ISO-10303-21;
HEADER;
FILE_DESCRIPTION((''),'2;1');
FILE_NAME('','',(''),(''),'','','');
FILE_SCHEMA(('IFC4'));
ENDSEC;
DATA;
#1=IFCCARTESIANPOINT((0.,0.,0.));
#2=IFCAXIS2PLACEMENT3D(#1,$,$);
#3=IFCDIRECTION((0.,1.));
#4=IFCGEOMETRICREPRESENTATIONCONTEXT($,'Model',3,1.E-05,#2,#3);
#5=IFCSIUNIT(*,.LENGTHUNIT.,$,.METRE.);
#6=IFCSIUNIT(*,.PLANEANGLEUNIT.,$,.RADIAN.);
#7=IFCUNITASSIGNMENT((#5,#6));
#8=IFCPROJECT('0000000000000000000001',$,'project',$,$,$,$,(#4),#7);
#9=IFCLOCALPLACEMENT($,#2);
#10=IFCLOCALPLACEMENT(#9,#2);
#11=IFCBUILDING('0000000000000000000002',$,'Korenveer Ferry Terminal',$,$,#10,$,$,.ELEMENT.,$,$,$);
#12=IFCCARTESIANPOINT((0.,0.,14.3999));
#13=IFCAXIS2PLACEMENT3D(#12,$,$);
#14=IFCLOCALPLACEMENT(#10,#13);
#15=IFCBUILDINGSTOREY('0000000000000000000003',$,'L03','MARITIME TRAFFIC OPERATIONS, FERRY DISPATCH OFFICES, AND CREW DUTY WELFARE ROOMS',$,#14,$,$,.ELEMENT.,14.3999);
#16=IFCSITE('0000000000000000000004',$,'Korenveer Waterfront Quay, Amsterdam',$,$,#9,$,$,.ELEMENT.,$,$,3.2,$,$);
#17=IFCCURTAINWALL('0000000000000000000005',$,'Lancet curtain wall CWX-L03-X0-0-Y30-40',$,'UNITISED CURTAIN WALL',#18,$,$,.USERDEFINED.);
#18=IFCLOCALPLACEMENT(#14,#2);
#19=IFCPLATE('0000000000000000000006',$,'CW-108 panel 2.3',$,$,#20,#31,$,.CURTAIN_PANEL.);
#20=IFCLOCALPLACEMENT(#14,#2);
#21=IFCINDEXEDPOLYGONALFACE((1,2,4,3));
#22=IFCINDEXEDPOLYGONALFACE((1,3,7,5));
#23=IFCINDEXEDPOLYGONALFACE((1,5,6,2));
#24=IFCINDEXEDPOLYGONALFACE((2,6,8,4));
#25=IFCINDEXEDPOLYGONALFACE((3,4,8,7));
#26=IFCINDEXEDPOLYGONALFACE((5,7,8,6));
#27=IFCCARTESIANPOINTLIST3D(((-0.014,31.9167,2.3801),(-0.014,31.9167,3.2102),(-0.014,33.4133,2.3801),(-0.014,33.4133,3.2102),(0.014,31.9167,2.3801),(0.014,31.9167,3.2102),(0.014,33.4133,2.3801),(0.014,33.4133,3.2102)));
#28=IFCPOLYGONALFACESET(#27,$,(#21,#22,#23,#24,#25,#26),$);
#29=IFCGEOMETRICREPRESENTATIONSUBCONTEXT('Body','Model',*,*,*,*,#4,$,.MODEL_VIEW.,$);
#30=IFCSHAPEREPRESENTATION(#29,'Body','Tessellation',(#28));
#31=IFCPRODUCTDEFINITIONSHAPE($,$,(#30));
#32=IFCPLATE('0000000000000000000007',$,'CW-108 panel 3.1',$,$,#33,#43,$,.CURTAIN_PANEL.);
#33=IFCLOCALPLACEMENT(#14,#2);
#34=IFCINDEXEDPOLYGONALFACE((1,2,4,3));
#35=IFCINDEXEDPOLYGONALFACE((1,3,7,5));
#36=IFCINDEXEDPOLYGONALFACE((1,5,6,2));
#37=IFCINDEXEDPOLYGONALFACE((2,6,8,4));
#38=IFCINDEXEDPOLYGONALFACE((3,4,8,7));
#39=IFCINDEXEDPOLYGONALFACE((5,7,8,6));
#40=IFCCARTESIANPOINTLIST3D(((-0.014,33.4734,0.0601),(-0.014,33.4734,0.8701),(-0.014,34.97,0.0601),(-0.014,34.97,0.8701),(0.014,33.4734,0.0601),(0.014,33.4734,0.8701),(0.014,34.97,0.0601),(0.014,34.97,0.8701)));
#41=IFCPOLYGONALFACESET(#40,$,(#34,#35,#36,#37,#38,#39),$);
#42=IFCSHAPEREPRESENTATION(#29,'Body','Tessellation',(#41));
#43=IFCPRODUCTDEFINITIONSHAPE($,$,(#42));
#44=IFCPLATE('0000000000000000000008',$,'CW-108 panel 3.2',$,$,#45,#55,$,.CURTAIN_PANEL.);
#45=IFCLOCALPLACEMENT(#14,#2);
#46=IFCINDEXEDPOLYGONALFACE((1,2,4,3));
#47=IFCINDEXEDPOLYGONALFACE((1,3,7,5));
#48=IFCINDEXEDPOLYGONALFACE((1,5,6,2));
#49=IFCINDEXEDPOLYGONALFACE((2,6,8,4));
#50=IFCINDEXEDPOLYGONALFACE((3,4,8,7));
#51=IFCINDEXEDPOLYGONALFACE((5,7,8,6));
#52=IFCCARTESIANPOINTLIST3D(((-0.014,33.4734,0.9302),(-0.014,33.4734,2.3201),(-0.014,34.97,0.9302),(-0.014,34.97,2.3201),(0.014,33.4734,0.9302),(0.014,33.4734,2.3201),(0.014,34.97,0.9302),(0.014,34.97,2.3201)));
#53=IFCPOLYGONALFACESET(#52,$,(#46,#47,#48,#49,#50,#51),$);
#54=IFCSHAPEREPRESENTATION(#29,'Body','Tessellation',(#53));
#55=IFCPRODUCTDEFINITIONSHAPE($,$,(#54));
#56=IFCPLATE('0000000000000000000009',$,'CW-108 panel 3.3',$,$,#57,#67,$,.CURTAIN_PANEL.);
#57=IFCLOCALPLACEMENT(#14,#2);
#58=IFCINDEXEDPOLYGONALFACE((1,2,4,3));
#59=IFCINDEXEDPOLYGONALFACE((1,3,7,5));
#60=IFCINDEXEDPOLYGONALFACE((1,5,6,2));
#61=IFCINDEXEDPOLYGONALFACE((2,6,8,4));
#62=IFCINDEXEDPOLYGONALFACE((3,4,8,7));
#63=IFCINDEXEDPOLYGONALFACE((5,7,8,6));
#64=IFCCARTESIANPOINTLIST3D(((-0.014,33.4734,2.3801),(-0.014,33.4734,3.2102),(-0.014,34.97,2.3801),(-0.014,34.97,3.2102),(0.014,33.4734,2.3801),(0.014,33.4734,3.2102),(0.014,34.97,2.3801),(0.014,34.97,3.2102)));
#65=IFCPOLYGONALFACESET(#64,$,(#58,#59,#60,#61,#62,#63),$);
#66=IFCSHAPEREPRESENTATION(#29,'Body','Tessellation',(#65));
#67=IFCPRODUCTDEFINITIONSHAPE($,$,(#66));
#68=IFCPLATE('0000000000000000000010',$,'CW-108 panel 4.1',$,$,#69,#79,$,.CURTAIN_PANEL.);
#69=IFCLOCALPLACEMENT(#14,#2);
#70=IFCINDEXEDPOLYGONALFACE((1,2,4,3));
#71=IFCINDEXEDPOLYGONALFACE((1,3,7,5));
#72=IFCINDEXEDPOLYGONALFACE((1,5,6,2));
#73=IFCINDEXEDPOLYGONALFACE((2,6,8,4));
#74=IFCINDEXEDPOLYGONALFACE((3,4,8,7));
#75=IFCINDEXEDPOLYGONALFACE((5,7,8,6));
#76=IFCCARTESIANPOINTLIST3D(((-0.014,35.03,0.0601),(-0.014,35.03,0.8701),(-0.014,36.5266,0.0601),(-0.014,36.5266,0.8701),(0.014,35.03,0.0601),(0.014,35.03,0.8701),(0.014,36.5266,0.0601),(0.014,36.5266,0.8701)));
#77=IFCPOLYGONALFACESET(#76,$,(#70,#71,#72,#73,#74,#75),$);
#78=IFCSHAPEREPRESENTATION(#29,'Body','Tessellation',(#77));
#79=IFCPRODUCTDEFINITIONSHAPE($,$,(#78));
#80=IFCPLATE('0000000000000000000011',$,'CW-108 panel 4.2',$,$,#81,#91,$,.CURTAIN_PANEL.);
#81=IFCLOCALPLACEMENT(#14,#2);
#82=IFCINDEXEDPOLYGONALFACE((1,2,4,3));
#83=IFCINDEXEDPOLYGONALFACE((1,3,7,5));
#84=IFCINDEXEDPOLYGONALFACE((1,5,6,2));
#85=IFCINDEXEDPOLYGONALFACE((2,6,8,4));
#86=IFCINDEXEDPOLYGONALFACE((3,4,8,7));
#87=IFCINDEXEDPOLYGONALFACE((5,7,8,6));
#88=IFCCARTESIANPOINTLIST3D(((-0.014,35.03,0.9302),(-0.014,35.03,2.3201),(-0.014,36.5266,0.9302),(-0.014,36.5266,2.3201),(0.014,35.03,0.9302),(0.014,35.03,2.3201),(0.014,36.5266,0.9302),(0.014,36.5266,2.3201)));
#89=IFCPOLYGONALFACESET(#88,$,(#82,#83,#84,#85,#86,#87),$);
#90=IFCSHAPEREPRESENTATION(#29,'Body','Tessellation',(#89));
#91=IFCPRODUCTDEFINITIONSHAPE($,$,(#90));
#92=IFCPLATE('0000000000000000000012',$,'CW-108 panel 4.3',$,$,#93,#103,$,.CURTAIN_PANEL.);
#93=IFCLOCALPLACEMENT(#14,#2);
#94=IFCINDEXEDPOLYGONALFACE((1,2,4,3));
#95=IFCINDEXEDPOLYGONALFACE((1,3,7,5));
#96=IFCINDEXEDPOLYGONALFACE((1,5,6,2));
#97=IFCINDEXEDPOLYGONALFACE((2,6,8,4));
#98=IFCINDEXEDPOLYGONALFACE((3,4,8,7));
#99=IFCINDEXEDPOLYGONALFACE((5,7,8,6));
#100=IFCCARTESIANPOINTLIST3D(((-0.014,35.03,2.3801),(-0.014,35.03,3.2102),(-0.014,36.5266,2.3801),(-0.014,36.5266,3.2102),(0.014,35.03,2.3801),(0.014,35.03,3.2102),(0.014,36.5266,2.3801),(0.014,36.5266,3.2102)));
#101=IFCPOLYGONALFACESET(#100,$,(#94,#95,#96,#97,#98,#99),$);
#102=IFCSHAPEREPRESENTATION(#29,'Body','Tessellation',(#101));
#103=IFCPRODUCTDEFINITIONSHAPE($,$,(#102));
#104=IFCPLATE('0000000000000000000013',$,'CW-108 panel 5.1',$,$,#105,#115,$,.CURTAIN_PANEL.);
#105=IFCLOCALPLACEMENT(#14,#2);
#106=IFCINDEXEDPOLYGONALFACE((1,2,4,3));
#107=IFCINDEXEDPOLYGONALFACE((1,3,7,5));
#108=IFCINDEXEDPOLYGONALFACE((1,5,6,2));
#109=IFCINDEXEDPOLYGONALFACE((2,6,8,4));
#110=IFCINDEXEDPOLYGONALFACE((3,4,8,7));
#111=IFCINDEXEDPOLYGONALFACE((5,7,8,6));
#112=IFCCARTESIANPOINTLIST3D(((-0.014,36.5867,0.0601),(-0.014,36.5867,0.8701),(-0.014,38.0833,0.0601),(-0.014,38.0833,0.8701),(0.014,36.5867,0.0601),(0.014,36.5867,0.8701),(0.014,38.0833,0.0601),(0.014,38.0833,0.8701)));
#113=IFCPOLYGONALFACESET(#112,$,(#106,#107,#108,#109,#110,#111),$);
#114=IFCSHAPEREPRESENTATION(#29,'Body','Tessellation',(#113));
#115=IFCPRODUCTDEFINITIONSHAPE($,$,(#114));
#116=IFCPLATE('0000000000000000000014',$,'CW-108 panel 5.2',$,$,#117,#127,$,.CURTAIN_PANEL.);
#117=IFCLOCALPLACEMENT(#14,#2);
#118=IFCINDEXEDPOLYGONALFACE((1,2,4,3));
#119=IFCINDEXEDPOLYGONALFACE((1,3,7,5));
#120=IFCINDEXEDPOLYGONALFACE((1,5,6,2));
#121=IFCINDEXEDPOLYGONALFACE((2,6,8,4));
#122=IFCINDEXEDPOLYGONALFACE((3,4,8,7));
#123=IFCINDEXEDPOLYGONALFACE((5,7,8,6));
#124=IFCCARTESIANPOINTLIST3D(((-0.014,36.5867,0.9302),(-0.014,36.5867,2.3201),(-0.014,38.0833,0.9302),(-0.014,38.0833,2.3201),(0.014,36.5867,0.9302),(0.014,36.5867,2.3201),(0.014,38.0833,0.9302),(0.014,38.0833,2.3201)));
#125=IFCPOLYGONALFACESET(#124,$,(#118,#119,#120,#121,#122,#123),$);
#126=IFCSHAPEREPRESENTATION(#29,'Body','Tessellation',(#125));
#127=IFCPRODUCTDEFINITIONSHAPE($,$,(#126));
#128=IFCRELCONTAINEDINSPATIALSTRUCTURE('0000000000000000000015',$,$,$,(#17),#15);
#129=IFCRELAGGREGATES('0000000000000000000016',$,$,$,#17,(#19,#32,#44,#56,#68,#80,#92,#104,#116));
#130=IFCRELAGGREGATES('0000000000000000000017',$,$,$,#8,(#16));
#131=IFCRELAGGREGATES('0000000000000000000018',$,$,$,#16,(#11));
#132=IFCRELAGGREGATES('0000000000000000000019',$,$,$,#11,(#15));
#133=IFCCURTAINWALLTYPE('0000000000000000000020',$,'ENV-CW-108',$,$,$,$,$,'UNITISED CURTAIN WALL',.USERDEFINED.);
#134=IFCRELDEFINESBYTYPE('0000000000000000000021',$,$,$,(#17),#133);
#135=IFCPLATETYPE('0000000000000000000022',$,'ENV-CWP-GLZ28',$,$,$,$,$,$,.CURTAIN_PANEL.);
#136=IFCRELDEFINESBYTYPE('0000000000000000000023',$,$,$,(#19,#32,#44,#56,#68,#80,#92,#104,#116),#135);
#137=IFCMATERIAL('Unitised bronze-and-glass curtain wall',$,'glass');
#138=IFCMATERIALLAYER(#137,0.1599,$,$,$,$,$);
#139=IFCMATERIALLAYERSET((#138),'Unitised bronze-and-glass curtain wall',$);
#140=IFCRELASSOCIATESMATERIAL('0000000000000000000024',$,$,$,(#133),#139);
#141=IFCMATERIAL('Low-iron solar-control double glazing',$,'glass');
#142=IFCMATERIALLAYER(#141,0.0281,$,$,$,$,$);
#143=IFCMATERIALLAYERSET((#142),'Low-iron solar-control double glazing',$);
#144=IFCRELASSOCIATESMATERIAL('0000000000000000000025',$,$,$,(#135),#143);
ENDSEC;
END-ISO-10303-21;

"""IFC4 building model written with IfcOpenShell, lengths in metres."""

from ifc_helpers import new_model, si_unit, direction, frame, origin, origin_2d, place, context, subcontext, project, spatial, rectangle, extrude, material, layer, layer_set, type_object, element, aggregate, save


model = new_model("IFC4")

# Units and contexts
model_context = context("Model", 3, precision=1e-05, world=origin(), true_north=direction((0.0, 1.0)))
body_context = subcontext(model_context, "Body", "Model", "MODEL_VIEW")
ifc_project = project(units=[si_unit("LENGTHUNIT", "METRE"), si_unit("PLANEANGLEUNIT", "RADIAN")], contexts=[model_context])

# Site, building, storey
site_placement = place(None, origin())
site = spatial("IfcSite", under=ifc_project, at=site_placement, Name="Korenveer Waterfront Quay, Amsterdam", CompositionType="ELEMENT", RefElevation=3.2)
building_placement = place(site_placement, origin())
building = spatial("IfcBuilding", under=site, at=building_placement, Name="Korenveer Ferry Terminal", CompositionType="ELEMENT")
storey_placement = place(building_placement, frame((0.0, 0.0, 14.3999)))
storey = spatial("IfcBuildingStorey", under=building, at=storey_placement, Name="L03", Description="MARITIME TRAFFIC OPERATIONS, FERRY DISPATCH OFFICES, AND CREW DUTY WELFARE ROOMS", CompositionType="ELEMENT", Elevation=14.3999)

# Curtain wall, plates
ifc_material_1 = material(Name="Unitised bronze-and-glass curtain wall", Category="glass")
ifc_layer_1 = layer(ifc_material_1, 0.1599)
ifc_layer_set_1 = layer_set([ifc_layer_1], Name="Unitised bronze-and-glass curtain wall")
curtain_wall_type = type_object("IfcCurtainWallType", Name="ENV-CW-108", ElementType="UNITISED CURTAIN WALL", PredefinedType="USERDEFINED", material=ifc_layer_set_1)
curtain_wall_placement = place(storey_placement, frame((0.0, 30.3301, 0.0)))
curtain_wall = element("IfcCurtainWall", 1, at=curtain_wall_placement, inside=storey, type_object=curtain_wall_type, Name="Lancet curtain wall CWX-L03-X0-0-Y30-40", ObjectType="UNITISED CURTAIN WALL", PredefinedType="USERDEFINED")
ifc_material_2 = material(Name="Low-iron solar-control double glazing", Category="glass")
ifc_layer_2 = layer(ifc_material_2, 0.0281)
ifc_layer_set_2 = layer_set([ifc_layer_2], Name="Low-iron solar-control double glazing")
plate_type = type_object("IfcPlateType", Name="ENV-CWP-GLZ28", PredefinedType="CURTAIN_PANEL", material=ifc_layer_set_2)
plate_1_placement = place(storey_placement, frame((0.0, 32.665, 2.3801), z_axis=(0.0, 0.0, 1.0), x_axis=(0.0, 1.0, 0.0)))
plate_1 = element("IfcPlate", 2, at=plate_1_placement, type_object=plate_type, Name="CW-108 panel 2.3", PredefinedType="CURTAIN_PANEL", context=body_context, shape_type="SweptSolid", body=[
    extrude(rectangle(XDim=1.4966, YDim=0.0281, at=origin_2d()), origin(), (0.0, 0.0, 1.0), 0.8301),
])
plate_2_placement = place(storey_placement, frame((0.0, 34.2217, 0.0601), z_axis=(0.0, 0.0, 1.0), x_axis=(0.0, 1.0, 0.0)))
plate_2 = element("IfcPlate", 3, at=plate_2_placement, type_object=plate_type, Name="CW-108 panel 3.1", PredefinedType="CURTAIN_PANEL", context=body_context, shape_type="SweptSolid", body=[
    extrude(rectangle(XDim=1.4966, YDim=0.0281, at=origin_2d()), origin(), (0.0, 0.0, 1.0), 0.8101),
])
plate_3_placement = place(storey_placement, frame((0.0, 34.2217, 0.9302), z_axis=(0.0, 0.0, 1.0), x_axis=(0.0, 1.0, 0.0)))
plate_3 = element("IfcPlate", 4, at=plate_3_placement, type_object=plate_type, Name="CW-108 panel 3.2", PredefinedType="CURTAIN_PANEL", context=body_context, shape_type="SweptSolid", body=[
    extrude(rectangle(XDim=1.4966, YDim=0.0281, at=origin_2d()), origin(), (0.0, 0.0, 1.0), 1.3899),
])
plate_4_placement = place(storey_placement, frame((0.0, 34.2217, 2.3801), z_axis=(0.0, 0.0, 1.0), x_axis=(0.0, 1.0, 0.0)))
plate_4 = element("IfcPlate", 5, at=plate_4_placement, type_object=plate_type, Name="CW-108 panel 3.3", PredefinedType="CURTAIN_PANEL", context=body_context, shape_type="SweptSolid", body=[
    extrude(rectangle(XDim=1.4966, YDim=0.0281, at=origin_2d()), origin(), (0.0, 0.0, 1.0), 0.8301),
])
plate_5_placement = place(storey_placement, frame((0.0, 35.7783, 0.0601), z_axis=(0.0, 0.0, 1.0), x_axis=(0.0, 1.0, 0.0)))
plate_5 = element("IfcPlate", 6, at=plate_5_placement, type_object=plate_type, Name="CW-108 panel 4.1", PredefinedType="CURTAIN_PANEL", context=body_context, shape_type="SweptSolid", body=[
    extrude(rectangle(XDim=1.4966, YDim=0.0281, at=origin_2d()), origin(), (0.0, 0.0, 1.0), 0.8101),
])
plate_6_placement = place(storey_placement, frame((0.0, 35.7783, 0.9302), z_axis=(0.0, 0.0, 1.0), x_axis=(0.0, 1.0, 0.0)))
plate_6 = element("IfcPlate", 7, at=plate_6_placement, type_object=plate_type, Name="CW-108 panel 4.2", PredefinedType="CURTAIN_PANEL", context=body_context, shape_type="SweptSolid", body=[
    extrude(rectangle(XDim=1.4966, YDim=0.0281, at=origin_2d()), origin(), (0.0, 0.0, 1.0), 1.3899),
])
plate_7_placement = place(storey_placement, frame((0.0, 35.7783, 2.3801), z_axis=(0.0, 0.0, 1.0), x_axis=(0.0, 1.0, 0.0)))
plate_7 = element("IfcPlate", 8, at=plate_7_placement, type_object=plate_type, Name="CW-108 panel 4.3", PredefinedType="CURTAIN_PANEL", context=body_context, shape_type="SweptSolid", body=[
    extrude(rectangle(XDim=1.4966, YDim=0.0281, at=origin_2d()), origin(), (0.0, 0.0, 1.0), 0.8301),
])
plate_8_placement = place(storey_placement, frame((0.0, 37.335, 0.0601), z_axis=(0.0, 0.0, 1.0), x_axis=(0.0, 1.0, 0.0)))
plate_8 = element("IfcPlate", 9, at=plate_8_placement, type_object=plate_type, Name="CW-108 panel 5.1", PredefinedType="CURTAIN_PANEL", context=body_context, shape_type="SweptSolid", body=[
    extrude(rectangle(XDim=1.4966, YDim=0.0281, at=origin_2d()), origin(), (0.0, 0.0, 1.0), 0.8101),
])
plate_9_placement = place(storey_placement, frame((0.0, 37.335, 0.9302), z_axis=(0.0, 0.0, 1.0), x_axis=(0.0, 1.0, 0.0)))
plate_9 = element("IfcPlate", 10, at=plate_9_placement, type_object=plate_type, Name="CW-108 panel 5.2", PredefinedType="CURTAIN_PANEL", context=body_context, shape_type="SweptSolid", body=[
    extrude(rectangle(XDim=1.4966, YDim=0.0281, at=origin_2d()), origin(), (0.0, 0.0, 1.0), 1.3899),
])
aggregate(curtain_wall, [plate_1, plate_2, plate_3, plate_4, plate_5, plate_6, plate_7, plate_8, plate_9])

save(model, "model.ifc")
